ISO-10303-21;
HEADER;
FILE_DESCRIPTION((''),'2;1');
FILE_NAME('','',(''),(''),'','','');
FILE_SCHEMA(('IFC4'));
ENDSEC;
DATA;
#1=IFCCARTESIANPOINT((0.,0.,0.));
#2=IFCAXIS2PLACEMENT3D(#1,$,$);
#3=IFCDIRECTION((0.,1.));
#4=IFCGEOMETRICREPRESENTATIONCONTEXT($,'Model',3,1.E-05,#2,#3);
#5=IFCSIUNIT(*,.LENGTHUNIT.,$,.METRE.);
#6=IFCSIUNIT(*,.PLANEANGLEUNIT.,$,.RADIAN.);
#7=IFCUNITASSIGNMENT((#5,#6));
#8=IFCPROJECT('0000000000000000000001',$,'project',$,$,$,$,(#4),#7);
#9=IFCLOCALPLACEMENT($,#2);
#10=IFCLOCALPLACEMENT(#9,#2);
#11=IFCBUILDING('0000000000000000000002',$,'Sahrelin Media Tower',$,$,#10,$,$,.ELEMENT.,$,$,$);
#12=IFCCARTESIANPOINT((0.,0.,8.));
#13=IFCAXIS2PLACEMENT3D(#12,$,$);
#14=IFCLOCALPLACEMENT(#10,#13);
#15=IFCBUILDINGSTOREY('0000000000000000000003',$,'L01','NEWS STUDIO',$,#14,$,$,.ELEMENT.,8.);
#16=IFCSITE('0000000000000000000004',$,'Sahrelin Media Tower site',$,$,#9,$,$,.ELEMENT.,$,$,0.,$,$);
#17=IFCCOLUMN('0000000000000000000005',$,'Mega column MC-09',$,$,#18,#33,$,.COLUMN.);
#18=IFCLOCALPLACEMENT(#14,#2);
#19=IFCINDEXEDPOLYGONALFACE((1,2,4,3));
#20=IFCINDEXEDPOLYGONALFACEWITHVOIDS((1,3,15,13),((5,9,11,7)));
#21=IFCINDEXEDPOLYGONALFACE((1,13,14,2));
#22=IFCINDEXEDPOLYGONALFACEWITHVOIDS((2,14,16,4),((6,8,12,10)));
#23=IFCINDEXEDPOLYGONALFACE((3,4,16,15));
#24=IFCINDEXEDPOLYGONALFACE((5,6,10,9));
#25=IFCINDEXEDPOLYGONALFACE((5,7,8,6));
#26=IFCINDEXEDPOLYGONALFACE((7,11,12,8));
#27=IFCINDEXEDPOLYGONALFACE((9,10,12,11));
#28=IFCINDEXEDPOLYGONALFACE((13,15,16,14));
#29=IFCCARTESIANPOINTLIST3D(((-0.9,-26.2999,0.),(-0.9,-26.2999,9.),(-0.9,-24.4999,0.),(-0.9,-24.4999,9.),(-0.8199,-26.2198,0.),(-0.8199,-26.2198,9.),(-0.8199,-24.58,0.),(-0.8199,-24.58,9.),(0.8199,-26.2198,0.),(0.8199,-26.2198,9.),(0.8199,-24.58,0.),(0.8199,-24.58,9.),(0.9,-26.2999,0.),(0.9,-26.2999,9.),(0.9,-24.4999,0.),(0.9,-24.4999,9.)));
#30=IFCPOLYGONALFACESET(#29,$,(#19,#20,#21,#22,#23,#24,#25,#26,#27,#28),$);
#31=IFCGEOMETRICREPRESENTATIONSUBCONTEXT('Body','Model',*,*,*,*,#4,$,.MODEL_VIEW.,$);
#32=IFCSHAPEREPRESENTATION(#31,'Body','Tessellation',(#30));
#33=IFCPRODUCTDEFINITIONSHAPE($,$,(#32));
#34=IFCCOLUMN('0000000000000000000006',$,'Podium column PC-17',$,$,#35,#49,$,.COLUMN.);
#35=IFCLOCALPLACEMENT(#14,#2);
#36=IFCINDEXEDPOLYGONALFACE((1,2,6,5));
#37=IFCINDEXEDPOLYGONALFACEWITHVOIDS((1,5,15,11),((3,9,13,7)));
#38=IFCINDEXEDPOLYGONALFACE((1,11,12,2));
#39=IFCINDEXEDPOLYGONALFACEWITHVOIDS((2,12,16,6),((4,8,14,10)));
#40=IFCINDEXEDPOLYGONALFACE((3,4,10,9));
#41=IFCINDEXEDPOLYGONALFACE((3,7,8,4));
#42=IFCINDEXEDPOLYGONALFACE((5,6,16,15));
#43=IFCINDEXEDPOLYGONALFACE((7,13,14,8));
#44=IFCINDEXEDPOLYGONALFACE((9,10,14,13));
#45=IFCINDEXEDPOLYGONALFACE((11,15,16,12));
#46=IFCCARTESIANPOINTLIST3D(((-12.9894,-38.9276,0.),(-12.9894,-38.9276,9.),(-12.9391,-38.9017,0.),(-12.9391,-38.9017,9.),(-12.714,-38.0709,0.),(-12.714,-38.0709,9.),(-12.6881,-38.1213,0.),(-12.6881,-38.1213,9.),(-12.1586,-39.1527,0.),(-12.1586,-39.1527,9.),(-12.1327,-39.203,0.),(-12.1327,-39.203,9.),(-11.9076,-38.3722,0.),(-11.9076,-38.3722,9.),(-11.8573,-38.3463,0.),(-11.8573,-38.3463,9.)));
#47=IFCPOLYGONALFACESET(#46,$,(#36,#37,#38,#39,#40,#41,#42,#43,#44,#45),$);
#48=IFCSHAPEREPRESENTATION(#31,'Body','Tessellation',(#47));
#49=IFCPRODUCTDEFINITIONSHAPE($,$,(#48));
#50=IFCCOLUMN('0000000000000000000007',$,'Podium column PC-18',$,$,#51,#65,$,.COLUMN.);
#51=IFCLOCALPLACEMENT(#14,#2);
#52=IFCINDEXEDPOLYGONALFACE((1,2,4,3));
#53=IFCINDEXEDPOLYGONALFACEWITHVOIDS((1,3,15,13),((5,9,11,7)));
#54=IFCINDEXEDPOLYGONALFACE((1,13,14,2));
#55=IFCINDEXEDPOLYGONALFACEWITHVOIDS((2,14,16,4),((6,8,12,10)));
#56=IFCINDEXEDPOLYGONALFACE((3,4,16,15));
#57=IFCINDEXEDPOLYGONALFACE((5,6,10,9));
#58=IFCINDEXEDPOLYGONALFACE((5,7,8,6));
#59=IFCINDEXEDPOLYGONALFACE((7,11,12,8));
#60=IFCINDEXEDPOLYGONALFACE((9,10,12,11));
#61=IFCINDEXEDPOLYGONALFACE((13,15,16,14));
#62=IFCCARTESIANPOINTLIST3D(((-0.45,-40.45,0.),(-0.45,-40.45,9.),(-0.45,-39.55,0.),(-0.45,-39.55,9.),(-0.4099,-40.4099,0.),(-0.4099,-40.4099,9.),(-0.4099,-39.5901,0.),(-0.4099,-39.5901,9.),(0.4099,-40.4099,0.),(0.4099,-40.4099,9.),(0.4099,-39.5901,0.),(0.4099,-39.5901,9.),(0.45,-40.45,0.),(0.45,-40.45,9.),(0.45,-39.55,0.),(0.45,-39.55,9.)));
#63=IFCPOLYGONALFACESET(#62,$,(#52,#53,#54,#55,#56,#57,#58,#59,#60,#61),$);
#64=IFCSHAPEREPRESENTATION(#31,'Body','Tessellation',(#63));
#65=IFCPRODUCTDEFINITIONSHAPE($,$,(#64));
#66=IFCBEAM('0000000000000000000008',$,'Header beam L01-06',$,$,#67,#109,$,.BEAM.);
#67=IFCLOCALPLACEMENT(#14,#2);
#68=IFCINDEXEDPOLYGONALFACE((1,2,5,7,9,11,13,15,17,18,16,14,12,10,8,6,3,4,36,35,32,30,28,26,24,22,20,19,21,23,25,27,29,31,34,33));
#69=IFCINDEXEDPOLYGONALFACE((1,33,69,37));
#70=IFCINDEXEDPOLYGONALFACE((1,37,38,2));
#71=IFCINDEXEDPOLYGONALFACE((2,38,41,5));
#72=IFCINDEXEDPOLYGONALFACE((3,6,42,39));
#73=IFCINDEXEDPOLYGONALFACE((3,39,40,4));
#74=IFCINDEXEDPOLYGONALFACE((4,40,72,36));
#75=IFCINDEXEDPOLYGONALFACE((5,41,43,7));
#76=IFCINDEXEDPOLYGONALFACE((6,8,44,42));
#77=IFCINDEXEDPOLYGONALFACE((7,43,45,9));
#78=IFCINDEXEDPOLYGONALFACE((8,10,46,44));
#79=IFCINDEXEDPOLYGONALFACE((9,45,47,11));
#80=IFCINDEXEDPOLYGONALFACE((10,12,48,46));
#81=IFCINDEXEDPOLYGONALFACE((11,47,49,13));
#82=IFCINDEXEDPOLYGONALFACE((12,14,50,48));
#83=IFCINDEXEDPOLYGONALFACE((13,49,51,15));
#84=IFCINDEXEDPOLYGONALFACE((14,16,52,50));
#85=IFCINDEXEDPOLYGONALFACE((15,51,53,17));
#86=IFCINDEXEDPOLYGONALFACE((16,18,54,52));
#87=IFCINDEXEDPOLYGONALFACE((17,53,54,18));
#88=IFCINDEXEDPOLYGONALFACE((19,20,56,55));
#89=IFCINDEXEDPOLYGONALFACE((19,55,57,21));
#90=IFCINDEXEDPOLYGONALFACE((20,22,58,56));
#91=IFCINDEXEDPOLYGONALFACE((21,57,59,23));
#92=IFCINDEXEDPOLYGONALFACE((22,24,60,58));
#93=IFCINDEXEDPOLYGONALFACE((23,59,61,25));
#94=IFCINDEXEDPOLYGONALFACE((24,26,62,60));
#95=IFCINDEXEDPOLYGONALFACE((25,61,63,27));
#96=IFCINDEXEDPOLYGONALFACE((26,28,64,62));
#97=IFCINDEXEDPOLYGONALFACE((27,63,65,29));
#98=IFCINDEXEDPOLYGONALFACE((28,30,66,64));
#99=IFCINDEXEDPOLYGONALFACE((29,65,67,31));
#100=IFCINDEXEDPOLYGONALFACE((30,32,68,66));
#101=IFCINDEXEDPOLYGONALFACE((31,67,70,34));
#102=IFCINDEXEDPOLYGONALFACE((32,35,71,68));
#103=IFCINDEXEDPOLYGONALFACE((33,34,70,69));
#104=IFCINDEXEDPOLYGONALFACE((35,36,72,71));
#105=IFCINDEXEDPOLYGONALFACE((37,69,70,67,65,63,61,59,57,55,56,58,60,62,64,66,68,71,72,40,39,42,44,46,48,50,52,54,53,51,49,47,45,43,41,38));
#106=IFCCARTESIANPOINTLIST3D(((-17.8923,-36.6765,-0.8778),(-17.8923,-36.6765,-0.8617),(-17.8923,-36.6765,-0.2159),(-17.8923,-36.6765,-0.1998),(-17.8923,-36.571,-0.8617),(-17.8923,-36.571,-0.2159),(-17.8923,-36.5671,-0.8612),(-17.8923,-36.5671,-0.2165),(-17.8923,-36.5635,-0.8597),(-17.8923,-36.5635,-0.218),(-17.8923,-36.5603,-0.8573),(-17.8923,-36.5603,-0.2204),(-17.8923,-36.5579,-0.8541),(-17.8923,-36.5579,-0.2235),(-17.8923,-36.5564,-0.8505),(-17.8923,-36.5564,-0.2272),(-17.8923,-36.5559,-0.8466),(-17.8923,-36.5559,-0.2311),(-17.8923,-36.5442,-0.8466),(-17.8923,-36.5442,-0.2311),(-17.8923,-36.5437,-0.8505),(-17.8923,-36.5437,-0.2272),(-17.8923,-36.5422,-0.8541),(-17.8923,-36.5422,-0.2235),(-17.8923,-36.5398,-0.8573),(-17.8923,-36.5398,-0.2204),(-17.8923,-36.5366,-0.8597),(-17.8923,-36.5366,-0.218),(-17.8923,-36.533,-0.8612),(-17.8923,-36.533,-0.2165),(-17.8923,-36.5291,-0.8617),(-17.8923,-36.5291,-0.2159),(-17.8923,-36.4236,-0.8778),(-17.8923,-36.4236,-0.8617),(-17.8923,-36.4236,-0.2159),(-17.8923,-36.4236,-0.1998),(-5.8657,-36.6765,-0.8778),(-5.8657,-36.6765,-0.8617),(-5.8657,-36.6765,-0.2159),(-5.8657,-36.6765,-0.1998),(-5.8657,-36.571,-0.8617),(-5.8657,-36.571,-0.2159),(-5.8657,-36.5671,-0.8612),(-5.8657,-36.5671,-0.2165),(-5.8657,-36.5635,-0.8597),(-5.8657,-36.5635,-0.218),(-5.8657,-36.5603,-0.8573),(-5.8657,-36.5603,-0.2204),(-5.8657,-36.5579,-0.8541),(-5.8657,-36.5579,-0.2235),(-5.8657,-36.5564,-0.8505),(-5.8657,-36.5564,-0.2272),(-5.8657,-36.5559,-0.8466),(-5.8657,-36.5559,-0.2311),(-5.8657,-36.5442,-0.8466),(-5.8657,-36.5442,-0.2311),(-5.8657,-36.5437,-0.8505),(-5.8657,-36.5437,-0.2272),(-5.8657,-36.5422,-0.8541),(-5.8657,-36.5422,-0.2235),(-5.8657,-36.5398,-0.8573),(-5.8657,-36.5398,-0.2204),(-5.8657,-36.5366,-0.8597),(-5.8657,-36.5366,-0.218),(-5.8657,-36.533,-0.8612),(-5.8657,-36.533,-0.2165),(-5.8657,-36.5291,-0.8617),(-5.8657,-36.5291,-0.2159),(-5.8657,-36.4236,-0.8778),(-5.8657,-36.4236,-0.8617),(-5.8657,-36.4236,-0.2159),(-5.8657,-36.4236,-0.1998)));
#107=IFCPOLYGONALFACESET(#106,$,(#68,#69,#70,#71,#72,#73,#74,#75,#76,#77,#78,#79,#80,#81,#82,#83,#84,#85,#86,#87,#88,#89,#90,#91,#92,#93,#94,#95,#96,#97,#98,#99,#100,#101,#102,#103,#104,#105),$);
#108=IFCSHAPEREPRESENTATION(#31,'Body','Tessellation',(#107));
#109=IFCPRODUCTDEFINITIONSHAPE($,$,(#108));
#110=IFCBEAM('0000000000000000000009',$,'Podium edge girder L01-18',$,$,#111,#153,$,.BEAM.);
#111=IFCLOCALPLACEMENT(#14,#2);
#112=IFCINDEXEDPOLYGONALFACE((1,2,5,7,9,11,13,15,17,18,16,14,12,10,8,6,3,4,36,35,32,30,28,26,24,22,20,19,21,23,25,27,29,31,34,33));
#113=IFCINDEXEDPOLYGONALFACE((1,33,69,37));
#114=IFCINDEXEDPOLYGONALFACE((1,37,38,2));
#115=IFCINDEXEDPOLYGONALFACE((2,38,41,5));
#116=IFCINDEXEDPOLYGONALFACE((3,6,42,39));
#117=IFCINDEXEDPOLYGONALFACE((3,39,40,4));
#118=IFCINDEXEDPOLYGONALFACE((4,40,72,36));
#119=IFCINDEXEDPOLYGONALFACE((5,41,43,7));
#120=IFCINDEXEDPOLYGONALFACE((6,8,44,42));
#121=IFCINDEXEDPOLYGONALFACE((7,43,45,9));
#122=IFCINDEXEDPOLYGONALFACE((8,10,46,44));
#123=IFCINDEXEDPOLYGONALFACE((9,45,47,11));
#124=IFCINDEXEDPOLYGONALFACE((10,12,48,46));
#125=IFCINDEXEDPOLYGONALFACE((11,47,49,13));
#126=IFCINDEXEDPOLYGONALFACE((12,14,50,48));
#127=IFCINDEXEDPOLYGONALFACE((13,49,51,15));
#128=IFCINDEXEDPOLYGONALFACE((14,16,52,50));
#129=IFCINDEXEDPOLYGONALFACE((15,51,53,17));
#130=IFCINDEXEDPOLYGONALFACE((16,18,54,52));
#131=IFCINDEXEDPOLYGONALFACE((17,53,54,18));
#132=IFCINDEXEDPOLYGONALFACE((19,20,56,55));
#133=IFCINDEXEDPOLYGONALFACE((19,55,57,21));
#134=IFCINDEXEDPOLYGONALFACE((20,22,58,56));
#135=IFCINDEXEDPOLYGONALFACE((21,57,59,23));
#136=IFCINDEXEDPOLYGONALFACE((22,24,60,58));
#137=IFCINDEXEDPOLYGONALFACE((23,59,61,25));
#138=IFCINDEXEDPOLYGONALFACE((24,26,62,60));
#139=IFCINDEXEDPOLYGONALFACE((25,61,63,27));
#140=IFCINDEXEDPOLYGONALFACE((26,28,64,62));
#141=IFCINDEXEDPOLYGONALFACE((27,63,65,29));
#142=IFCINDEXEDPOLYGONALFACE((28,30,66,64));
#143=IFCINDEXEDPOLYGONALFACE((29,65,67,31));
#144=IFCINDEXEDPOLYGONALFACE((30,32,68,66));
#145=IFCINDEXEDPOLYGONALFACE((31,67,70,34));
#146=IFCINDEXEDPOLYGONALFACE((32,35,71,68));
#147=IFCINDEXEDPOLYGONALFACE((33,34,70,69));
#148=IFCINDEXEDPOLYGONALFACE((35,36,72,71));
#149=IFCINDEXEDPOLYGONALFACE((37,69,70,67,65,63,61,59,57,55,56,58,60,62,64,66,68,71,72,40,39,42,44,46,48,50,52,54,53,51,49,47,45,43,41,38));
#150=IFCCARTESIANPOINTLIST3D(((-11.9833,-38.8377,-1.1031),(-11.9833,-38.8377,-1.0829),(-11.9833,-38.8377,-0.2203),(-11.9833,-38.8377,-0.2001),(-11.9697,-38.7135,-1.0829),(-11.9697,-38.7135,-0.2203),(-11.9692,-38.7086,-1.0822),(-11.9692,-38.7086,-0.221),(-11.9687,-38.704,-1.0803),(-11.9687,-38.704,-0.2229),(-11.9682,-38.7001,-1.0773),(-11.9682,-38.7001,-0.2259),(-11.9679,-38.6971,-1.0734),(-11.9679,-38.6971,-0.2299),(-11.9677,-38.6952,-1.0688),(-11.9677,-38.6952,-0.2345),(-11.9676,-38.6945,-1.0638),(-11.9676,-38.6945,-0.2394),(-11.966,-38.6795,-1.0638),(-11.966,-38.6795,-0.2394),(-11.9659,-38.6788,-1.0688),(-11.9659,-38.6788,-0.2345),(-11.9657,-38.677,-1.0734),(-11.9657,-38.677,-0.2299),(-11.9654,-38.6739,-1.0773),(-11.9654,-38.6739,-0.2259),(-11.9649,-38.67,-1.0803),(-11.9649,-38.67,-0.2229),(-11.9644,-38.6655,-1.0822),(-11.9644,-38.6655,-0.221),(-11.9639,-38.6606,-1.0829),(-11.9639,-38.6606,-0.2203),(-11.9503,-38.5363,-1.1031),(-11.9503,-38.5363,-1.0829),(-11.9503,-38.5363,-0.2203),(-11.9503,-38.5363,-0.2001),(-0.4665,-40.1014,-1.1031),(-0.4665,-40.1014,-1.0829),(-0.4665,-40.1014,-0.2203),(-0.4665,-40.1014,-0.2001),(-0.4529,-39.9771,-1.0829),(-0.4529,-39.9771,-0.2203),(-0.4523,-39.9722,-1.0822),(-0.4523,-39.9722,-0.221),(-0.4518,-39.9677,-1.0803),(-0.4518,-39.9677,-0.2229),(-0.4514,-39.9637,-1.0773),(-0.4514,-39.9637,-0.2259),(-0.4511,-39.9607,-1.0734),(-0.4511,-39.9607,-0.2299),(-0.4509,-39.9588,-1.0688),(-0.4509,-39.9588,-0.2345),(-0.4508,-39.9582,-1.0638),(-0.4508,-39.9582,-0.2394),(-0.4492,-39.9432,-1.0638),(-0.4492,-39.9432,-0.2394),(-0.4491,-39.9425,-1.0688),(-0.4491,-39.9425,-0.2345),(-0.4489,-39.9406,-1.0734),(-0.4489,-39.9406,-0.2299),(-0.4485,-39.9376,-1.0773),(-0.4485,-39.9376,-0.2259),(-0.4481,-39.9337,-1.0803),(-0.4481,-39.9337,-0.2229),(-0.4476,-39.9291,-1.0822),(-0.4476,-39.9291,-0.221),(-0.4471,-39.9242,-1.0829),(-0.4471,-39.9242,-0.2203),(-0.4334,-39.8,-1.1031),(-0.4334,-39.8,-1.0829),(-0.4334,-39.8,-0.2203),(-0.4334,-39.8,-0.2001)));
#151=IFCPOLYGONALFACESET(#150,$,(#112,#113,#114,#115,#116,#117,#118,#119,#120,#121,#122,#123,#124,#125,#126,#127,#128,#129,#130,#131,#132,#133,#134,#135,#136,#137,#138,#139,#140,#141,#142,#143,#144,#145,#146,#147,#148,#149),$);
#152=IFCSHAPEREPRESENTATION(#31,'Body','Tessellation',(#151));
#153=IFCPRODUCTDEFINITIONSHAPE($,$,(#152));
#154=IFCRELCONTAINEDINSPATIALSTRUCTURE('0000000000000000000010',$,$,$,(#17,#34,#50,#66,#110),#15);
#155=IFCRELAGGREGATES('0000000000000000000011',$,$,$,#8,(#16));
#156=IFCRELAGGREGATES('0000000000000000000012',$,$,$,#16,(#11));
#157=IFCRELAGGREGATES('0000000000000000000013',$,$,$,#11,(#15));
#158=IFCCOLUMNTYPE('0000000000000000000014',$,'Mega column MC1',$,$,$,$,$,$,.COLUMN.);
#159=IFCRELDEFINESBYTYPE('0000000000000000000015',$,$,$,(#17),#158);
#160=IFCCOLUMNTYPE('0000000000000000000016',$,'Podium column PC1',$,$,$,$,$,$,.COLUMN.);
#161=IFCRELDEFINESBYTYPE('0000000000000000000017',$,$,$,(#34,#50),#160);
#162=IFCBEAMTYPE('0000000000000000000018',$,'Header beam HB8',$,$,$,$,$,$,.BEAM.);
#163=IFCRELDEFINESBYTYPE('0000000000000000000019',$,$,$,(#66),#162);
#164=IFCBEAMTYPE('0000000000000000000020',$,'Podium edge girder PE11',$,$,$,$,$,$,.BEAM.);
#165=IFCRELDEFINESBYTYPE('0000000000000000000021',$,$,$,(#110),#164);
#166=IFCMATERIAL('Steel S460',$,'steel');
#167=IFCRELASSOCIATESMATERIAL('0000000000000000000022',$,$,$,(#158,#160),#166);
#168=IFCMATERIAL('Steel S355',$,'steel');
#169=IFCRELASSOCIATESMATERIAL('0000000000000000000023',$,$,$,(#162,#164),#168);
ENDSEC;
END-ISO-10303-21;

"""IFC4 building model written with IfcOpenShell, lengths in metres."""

from ifc_helpers import new_model, si_unit, direction, frame, origin, origin_2d, place, context, subcontext, project, spatial, hollow_rectangle, i_section, extrude, material, material_profile, profile_set, type_object, element, save


model = new_model("IFC4")

# Units and contexts
model_context = context("Model", 3, precision=1e-05, world=origin(), true_north=direction((0.0, 1.0)))
body_context = subcontext(model_context, "Body", "Model", "MODEL_VIEW")
ifc_project = project(units=[si_unit("LENGTHUNIT", "METRE"), si_unit("PLANEANGLEUNIT", "RADIAN")], contexts=[model_context])

# Site, building, storey
site_placement = place(None, origin())
site = spatial("IfcSite", under=ifc_project, at=site_placement, Name="Sahrelin Media Tower site", CompositionType="ELEMENT", RefElevation=0.0)
building_placement = place(site_placement, origin())
building = spatial("IfcBuilding", under=site, at=building_placement, Name="Sahrelin Media Tower", CompositionType="ELEMENT")
storey_placement = place(building_placement, frame((0.0, 0.0, 8.0)))
storey = spatial("IfcBuildingStorey", under=building, at=storey_placement, Name="L01", Description="NEWS STUDIO", CompositionType="ELEMENT", Elevation=8.0)

# Columns
ifc_material_1 = material(Name="Steel S460", Category="steel")
ifc_material_profile_1 = material_profile(ifc_material_1, hollow_rectangle(XDim=1.8, YDim=1.8, WallThickness=0.0801, at=origin_2d()), Name="Mega column MC1")
ifc_profile_set_1 = profile_set([ifc_material_profile_1], Name="Steel S460")
column_type_1 = type_object("IfcColumnType", Name="Mega column MC1", PredefinedType="COLUMN", material=ifc_profile_set_1)
column_placement = place(storey_placement, frame((0.0, -25.3999, 0.0), z_axis=(0.0, 0.0, 1.0), x_axis=(0.0, -1.0, 0.0)))
element("IfcColumn", 1, at=column_placement, inside=storey, type_object=column_type_1, Name="Mega column MC-09", PredefinedType="COLUMN", context=body_context, shape_type="SweptSolid", body=[
    extrude(hollow_rectangle(XDim=1.8, YDim=1.8, WallThickness=0.0801, at=origin_2d()), origin(), (0.0, 0.0, 1.0), 9.0),
])
ifc_material_profile_2 = material_profile(ifc_material_1, hollow_rectangle(XDim=0.8999, YDim=0.8999, WallThickness=0.04, at=origin_2d()), Name="Podium column PC1")
ifc_profile_set_2 = profile_set([ifc_material_profile_2], Name="Steel S460")
column_type_2 = type_object("IfcColumnType", Name="Podium column PC1", PredefinedType="COLUMN", material=ifc_profile_set_2)
for number, where, z_axis, x_axis, name in (
    (2, (-12.4233, -38.637, 0.0), (0.0, 0.0, 1.0), (-0.306104, -0.951998, 0.0), "Podium column PC-17"),
    (3, (0.0, -40.0, 0.0), (0.0, 0.0, 1.0), (0.0, -1.0, 0.0), "Podium column PC-18"),
):
    element("IfcColumn", number, at=place(storey_placement, frame(where, z_axis=z_axis, x_axis=x_axis)), inside=storey, type_object=column_type_2, Name=name, PredefinedType="COLUMN", context=body_context, shape_type="SweptSolid", body=[
        extrude(hollow_rectangle(XDim=0.8999, YDim=0.8999, WallThickness=0.04, at=origin_2d()), origin(), (0.0, 0.0, 1.0), 9.0),
    ])

# Beams
ifc_material_2 = material(Name="Steel S355", Category="steel")
ifc_material_profile_3 = material_profile(ifc_material_2, i_section(OverallWidth=0.2529, OverallDepth=0.678, WebThickness=0.0117, FlangeThickness=0.0161, FilletRadius=0.0151, at=origin_2d()), Name="UB 686x254x125")
ifc_profile_set_3 = profile_set([ifc_material_profile_3], Name="Steel S355")
beam_type_1 = type_object("IfcBeamType", Name="Header beam HB8", PredefinedType="BEAM", material=ifc_profile_set_3)
beam_1_placement = place(storey_placement, frame((-5.8657, -36.55, -0.5388), z_axis=(-1.0, 0.0, 0.0), x_axis=(0.0, -1.0, 0.0)))
element("IfcBeam", 4, at=beam_1_placement, inside=storey, type_object=beam_type_1, Name="Header beam L01-06", PredefinedType="BEAM", context=body_context, shape_type="SweptSolid", body=[
    extrude(i_section(OverallWidth=0.2529, OverallDepth=0.678, WebThickness=0.0117, FlangeThickness=0.0161, FilletRadius=0.0151, at=origin_2d()), origin(), (0.0, 0.0, 1.0), 12.0266),
])
ifc_material_profile_4 = material_profile(ifc_material_2, i_section(OverallWidth=0.3032, OverallDepth=0.9031, WebThickness=0.0151, FlangeThickness=0.0203, FilletRadius=0.019, at=origin_2d()), Name="UB 914x305x201")
ifc_profile_set_4 = profile_set([ifc_material_profile_4], Name="Steel S355")
beam_type_2 = type_object("IfcBeamType", Name="Podium edge girder PE11", PredefinedType="BEAM", material=ifc_profile_set_4)
beam_2_placement = place(storey_placement, frame((-11.9668, -38.687, -0.6516), z_axis=(0.994034, -0.109069, 0.0), x_axis=(0.109069, 0.994034, 0.0)))
element("IfcBeam", 5, at=beam_2_placement, inside=storey, type_object=beam_type_2, Name="Podium edge girder L01-18", PredefinedType="BEAM", context=body_context, shape_type="SweptSolid", body=[
    extrude(i_section(OverallWidth=0.3032, OverallDepth=0.9031, WebThickness=0.0151, FlangeThickness=0.0203, FilletRadius=0.019, at=origin_2d()), origin(), (0.0, 0.0, 1.0), 11.5859),
])

save(model, "model.ifc")
